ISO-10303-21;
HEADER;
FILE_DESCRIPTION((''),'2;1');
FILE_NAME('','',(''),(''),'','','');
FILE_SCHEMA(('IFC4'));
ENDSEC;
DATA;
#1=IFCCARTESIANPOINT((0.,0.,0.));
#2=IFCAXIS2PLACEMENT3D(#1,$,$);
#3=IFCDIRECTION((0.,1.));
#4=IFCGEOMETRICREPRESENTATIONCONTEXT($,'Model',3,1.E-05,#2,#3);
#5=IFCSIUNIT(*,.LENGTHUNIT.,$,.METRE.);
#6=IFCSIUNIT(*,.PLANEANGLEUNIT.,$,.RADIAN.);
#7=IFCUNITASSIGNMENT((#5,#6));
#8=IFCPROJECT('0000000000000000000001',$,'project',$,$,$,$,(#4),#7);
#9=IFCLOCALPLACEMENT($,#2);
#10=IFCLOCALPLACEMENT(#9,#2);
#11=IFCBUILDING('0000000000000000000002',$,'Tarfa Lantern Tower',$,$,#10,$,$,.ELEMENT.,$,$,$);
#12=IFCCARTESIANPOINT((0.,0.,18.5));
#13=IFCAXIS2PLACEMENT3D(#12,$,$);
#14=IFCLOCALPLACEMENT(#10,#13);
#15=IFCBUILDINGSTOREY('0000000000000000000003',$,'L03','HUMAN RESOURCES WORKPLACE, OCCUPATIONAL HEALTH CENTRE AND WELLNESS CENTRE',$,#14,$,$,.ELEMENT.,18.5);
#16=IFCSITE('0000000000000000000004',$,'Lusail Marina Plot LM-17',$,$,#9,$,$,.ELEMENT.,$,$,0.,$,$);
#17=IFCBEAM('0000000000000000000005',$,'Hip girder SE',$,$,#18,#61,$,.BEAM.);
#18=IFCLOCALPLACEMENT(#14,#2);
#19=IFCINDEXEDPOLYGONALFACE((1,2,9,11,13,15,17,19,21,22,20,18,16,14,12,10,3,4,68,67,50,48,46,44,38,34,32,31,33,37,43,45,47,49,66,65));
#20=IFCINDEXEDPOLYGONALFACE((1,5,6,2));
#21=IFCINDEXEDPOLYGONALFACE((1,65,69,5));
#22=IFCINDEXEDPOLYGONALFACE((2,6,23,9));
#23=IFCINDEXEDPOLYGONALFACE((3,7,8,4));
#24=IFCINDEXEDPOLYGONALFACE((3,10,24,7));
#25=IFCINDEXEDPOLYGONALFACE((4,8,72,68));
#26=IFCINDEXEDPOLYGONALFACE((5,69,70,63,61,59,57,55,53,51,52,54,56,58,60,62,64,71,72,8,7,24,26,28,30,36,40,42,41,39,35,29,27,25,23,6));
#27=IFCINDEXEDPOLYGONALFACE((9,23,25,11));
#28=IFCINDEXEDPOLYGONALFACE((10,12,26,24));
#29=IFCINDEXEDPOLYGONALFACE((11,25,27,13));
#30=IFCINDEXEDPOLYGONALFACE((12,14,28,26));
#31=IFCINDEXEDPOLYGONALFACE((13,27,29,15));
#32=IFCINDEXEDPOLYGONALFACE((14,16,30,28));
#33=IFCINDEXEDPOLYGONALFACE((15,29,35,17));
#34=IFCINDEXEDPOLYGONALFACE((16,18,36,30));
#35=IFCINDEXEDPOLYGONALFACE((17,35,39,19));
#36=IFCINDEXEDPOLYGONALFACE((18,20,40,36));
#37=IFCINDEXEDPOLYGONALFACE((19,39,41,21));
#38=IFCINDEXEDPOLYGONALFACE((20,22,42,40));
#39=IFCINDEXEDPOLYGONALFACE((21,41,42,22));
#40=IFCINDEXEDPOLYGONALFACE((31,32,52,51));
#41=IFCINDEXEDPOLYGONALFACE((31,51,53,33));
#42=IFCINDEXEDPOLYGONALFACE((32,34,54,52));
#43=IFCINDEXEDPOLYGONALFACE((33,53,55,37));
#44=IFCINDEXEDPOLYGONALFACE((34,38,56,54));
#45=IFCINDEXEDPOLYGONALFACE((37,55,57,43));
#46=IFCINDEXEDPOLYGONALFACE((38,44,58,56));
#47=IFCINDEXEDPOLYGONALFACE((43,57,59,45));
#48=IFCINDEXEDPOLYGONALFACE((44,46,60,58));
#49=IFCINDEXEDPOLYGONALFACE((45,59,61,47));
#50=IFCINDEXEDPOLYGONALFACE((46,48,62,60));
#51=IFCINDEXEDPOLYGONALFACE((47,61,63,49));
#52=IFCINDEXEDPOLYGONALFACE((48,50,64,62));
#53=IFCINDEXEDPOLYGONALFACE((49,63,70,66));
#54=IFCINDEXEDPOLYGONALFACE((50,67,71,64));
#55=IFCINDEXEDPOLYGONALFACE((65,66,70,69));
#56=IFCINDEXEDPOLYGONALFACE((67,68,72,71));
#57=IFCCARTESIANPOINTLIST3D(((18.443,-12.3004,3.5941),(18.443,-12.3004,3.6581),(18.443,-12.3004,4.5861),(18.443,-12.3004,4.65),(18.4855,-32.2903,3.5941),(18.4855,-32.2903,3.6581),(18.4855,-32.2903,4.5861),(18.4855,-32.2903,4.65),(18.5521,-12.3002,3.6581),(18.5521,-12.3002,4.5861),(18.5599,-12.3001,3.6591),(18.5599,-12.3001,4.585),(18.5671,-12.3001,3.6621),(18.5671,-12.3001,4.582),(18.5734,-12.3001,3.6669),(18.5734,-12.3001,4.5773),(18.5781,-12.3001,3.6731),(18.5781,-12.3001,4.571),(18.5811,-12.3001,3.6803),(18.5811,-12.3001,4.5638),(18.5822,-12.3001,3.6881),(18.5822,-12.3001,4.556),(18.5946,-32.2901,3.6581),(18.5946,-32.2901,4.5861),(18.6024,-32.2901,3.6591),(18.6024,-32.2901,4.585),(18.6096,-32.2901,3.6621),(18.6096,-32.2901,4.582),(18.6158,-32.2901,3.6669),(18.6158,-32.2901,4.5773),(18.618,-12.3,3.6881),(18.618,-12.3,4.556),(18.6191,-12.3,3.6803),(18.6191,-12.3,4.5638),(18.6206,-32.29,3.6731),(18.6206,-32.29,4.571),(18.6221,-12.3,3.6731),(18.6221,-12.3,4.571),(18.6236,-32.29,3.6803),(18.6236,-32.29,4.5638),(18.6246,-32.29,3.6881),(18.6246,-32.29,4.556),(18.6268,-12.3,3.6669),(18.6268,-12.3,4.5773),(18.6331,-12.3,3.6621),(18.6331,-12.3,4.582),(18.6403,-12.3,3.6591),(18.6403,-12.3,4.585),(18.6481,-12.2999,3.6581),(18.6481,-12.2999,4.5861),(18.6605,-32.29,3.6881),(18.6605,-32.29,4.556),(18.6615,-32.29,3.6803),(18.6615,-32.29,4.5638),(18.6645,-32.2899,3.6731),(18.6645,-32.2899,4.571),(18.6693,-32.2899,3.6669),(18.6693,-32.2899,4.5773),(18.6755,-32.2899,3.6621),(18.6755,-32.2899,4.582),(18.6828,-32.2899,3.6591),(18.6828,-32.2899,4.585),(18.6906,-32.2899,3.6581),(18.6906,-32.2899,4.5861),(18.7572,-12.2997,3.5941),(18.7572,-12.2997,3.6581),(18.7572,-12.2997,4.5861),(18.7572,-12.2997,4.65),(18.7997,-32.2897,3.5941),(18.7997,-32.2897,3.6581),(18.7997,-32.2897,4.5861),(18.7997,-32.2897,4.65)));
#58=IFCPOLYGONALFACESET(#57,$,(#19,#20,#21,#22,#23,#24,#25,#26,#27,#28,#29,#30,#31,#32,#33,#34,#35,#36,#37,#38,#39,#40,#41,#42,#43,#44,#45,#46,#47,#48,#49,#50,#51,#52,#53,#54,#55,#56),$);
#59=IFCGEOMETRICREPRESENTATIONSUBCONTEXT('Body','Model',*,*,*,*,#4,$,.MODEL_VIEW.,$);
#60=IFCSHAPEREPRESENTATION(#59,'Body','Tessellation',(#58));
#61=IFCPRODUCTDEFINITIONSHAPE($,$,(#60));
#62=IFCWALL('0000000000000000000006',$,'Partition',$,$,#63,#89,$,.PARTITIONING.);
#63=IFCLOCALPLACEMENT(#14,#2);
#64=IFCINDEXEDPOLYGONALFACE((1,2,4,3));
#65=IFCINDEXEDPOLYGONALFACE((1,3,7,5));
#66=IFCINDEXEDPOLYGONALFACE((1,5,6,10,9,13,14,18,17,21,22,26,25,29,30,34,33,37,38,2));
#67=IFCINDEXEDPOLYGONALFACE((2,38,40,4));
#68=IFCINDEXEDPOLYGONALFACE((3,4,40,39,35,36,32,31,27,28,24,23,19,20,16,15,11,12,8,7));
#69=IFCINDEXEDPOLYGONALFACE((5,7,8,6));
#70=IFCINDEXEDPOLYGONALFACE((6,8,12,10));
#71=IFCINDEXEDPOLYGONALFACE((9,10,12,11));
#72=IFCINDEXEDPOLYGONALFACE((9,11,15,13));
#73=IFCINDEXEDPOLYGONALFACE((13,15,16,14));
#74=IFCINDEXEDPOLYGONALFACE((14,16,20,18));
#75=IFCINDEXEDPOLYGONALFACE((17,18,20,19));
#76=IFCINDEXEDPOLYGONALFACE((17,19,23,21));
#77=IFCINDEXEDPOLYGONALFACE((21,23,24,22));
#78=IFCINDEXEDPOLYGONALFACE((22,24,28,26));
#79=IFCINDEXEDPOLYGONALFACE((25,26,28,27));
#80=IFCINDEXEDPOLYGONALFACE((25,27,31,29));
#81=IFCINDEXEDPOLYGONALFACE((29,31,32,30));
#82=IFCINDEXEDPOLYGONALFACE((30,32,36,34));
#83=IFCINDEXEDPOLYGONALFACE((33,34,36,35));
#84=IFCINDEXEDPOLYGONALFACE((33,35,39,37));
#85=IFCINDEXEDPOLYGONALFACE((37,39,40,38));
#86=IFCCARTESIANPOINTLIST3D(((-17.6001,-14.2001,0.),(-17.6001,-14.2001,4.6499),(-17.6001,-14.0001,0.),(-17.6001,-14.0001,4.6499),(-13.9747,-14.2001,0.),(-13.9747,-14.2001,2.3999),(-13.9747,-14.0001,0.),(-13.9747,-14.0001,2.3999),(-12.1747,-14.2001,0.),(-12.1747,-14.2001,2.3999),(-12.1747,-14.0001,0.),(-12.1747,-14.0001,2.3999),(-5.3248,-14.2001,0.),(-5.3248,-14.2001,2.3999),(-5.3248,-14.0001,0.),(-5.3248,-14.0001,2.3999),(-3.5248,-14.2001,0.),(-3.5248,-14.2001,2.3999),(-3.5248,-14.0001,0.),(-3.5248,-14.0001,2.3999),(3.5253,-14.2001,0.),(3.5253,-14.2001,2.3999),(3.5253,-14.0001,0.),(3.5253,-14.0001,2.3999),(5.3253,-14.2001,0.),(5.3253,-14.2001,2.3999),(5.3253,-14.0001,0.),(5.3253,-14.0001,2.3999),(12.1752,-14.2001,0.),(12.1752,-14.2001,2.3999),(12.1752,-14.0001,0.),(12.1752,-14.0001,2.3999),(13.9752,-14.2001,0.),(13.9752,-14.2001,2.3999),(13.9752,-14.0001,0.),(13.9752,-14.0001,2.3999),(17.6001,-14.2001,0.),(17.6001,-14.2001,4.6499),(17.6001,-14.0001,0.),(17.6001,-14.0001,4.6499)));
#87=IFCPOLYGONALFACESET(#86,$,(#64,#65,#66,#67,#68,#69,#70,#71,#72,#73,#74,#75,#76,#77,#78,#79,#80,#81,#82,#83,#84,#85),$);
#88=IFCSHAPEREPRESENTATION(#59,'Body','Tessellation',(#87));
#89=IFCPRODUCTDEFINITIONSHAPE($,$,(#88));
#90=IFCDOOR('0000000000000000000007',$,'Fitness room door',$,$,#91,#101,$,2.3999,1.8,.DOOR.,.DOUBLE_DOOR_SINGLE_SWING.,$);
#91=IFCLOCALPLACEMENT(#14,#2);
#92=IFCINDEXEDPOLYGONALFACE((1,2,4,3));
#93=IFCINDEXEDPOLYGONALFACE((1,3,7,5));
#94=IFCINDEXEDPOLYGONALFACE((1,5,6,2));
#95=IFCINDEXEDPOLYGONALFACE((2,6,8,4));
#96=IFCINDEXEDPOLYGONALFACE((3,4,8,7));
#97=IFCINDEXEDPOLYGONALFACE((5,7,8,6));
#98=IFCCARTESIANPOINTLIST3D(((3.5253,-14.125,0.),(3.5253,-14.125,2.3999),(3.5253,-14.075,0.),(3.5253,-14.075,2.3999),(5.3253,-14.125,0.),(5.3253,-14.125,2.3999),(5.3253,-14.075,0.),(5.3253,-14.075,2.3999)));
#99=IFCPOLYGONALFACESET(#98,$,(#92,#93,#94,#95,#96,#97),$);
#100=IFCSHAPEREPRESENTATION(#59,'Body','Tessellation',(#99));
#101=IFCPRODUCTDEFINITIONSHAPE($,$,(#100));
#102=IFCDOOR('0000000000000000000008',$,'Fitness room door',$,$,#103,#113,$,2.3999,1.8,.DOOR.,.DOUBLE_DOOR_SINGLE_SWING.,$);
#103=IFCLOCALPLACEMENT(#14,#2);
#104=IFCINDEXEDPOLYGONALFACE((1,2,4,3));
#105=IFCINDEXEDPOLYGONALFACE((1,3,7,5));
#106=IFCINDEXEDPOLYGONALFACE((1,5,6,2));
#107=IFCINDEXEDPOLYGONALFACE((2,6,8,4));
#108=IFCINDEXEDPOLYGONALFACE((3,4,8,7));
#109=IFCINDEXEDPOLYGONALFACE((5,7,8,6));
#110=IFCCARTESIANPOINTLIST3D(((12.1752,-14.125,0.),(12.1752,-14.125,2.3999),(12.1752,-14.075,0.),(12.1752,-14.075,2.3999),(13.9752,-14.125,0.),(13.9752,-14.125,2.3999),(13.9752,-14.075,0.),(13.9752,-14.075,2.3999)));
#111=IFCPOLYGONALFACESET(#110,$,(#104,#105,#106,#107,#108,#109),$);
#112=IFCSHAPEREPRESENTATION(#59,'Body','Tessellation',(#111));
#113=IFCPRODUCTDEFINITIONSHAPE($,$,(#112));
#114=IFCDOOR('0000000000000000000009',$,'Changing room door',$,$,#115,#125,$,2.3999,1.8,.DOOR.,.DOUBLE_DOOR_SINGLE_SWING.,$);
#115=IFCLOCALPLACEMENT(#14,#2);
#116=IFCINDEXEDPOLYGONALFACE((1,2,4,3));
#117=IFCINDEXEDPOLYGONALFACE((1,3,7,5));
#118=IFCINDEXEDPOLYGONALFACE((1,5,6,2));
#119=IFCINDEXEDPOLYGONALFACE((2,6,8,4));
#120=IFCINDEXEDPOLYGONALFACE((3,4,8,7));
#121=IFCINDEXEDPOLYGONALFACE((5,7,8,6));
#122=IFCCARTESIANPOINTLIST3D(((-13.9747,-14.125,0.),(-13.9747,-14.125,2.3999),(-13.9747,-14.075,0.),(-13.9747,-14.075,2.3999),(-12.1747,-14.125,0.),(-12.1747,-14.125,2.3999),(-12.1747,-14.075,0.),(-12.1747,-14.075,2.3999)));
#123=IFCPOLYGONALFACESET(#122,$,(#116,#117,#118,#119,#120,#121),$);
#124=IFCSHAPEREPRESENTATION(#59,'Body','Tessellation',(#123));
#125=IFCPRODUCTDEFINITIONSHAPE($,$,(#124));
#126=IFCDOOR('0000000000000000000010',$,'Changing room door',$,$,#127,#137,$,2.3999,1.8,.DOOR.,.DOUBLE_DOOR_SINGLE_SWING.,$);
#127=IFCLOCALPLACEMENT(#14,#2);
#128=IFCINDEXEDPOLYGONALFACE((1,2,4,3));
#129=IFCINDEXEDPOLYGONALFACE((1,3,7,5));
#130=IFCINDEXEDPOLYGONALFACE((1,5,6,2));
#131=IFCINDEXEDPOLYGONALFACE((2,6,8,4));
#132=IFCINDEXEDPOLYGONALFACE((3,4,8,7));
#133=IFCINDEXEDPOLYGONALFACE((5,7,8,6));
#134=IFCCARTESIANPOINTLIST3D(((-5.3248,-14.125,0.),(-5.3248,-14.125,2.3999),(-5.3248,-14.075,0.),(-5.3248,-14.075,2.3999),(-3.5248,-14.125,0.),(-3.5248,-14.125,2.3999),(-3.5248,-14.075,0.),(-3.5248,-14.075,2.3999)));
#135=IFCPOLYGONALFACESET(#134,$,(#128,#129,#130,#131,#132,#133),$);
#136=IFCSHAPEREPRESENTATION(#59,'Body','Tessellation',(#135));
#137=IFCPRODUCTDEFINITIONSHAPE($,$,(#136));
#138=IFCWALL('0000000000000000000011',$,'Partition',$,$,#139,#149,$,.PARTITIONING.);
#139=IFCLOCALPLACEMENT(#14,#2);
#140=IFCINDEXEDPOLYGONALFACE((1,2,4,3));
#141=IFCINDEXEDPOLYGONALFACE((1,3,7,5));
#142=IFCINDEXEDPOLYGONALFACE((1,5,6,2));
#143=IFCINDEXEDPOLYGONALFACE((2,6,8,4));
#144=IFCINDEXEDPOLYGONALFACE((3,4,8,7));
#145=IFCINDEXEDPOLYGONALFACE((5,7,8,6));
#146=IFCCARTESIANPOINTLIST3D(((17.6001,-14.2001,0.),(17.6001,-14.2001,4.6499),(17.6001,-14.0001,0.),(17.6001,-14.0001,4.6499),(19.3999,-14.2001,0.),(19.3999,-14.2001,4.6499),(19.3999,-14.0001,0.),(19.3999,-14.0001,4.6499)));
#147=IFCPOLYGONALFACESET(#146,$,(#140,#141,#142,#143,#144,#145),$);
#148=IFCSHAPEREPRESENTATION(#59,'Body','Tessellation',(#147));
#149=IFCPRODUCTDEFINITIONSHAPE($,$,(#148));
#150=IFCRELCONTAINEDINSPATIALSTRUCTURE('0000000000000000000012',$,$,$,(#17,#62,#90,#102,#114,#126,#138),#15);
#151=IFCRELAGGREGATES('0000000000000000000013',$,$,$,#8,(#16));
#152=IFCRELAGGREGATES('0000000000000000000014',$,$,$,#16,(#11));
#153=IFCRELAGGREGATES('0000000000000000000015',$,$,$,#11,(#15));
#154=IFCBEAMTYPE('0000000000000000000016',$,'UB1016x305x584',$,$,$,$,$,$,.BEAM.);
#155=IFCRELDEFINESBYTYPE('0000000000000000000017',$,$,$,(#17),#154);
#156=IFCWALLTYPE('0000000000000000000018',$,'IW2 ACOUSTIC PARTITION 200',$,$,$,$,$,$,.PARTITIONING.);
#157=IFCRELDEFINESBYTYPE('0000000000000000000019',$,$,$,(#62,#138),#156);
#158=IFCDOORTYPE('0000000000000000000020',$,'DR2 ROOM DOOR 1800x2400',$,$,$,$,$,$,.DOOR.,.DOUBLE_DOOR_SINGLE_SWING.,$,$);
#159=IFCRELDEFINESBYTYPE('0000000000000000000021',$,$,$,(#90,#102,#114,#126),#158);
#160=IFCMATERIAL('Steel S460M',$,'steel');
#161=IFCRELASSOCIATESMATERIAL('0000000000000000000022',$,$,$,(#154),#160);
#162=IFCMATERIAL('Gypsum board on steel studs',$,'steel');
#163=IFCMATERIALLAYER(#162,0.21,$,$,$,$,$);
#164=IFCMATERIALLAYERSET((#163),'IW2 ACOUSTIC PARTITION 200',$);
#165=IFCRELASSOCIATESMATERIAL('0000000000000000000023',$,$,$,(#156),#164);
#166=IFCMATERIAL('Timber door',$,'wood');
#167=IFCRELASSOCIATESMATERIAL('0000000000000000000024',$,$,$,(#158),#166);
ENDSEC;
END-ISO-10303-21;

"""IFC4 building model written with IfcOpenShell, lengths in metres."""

from ifc_helpers import new_model, si_unit, direction, frame, frame_2d, origin, origin_2d, place, context, subcontext, project, spatial, rectangle, i_section, extrude, material, layer, layer_set, material_profile, profile_set, type_object, element, fill, save


model = new_model("IFC4")

# Units and contexts
model_context = context("Model", 3, precision=1e-05, world=origin(), true_north=direction((0.0, 1.0)))
body_context = subcontext(model_context, "Body", "Model", "MODEL_VIEW")
ifc_project = project(units=[si_unit("LENGTHUNIT", "METRE"), si_unit("PLANEANGLEUNIT", "RADIAN")], contexts=[model_context])

# Site, building, storey
site_placement = place(None, origin())
site = spatial("IfcSite", under=ifc_project, at=site_placement, Name="Lusail Marina Plot LM-17", CompositionType="ELEMENT", RefElevation=0.0)
building_placement = place(site_placement, origin())
building = spatial("IfcBuilding", under=site, at=building_placement, Name="Tarfa Lantern Tower", CompositionType="ELEMENT")
storey_placement = place(building_placement, frame((0.0, 0.0, 18.5)))
storey = spatial("IfcBuildingStorey", under=building, at=storey_placement, Name="L03", Description="HUMAN RESOURCES WORKPLACE, OCCUPATIONAL HEALTH CENTRE AND WELLNESS CENTRE", CompositionType="ELEMENT", Elevation=18.5)

# Beam
ifc_material_1 = material(Name="Steel S460M", Category="steel")
ifc_material_profile = material_profile(ifc_material_1, i_section(OverallWidth=0.3142, OverallDepth=1.0559, WebThickness=0.0359, FlangeThickness=0.064, FilletRadius=0.03, at=origin_2d()), Name="UB1016x305x584")
ifc_profile_set = profile_set([ifc_material_profile], Name="Steel S460M")
beam_type = type_object("IfcBeamType", Name="UB1016x305x584", PredefinedType="BEAM", material=ifc_profile_set)
beam_placement = place(storey_placement, frame((18.6001, -12.3, 4.1221), z_axis=(0.002125, -0.999998, 0.0), x_axis=(0.999998, 0.002125, 0.0)))
element("IfcBeam", 1, at=beam_placement, inside=storey, type_object=beam_type, Name="Hip girder SE", PredefinedType="BEAM", context=body_context, shape_type="SweptSolid", body=[
    extrude(i_section(OverallWidth=0.3142, OverallDepth=1.0559, WebThickness=0.0359, FlangeThickness=0.064, FilletRadius=0.03, at=origin_2d()), origin(), (0.0, 0.0, 1.0), 19.99),
])

# Wall, openings, doors
ifc_material_2 = material(Name="Gypsum board on steel studs", Category="steel")
ifc_layer_1 = layer(ifc_material_2, 0.21)
ifc_layer_set_1 = layer_set([ifc_layer_1], Name="IW2 ACOUSTIC PARTITION 200")
wall_type_1 = type_object("IfcWallType", Name="IW2 ACOUSTIC PARTITION 200", PredefinedType="PARTITIONING", material=ifc_layer_set_1)
wall_1_placement = place(storey_placement, frame((17.6001, -14.1001, 0.0), z_axis=(0.0, 0.0, 1.0), x_axis=(-1.0, 0.0, 0.0)))
wall_1 = element("IfcWall", 2, at=wall_1_placement, inside=storey, type_object=wall_type_1, Name="Partition", PredefinedType="PARTITIONING", context=body_context, shape_type="SweptSolid", body=[
    extrude(rectangle(XDim=35.2002, YDim=0.2, at=frame_2d((17.6001, 0.0))), origin(), (0.0, 0.0, 1.0), 4.6499),
])
opening_1_placement = place(wall_1_placement, frame((12.2749, 0.0, 0.0)))
opening_1 = element("IfcOpeningElement", 3, at=opening_1_placement, cuts=wall_1, PredefinedType="OPENING", context=body_context, shape_type="SweptSolid", body=[
    extrude(rectangle(XDim=1.8, YDim=2.3999, at=frame_2d((0.8999, 1.2))), frame((0.0, 0.1099, 0.0), z_axis=(0.0, -1.0, 0.0), x_axis=(1.0, 0.0, 0.0)), (0.0, 0.0, 1.0), 0.22),
])
opening_2_placement = place(wall_1_placement, frame((3.625, 0.0, 0.0)))
opening_2 = element("IfcOpeningElement", 4, at=opening_2_placement, cuts=wall_1, PredefinedType="OPENING", context=body_context, shape_type="SweptSolid", body=[
    extrude(rectangle(XDim=1.8, YDim=2.3999, at=frame_2d((0.8999, 1.2))), frame((0.0, 0.1099, 0.0), z_axis=(0.0, -1.0, 0.0), x_axis=(1.0, 0.0, 0.0)), (0.0, 0.0, 1.0), 0.22),
])
opening_3_placement = place(wall_1_placement, frame((29.7749, 0.0, 0.0)))
opening_3 = element("IfcOpeningElement", 5, at=opening_3_placement, cuts=wall_1, PredefinedType="OPENING", context=body_context, shape_type="SweptSolid", body=[
    extrude(rectangle(XDim=1.8, YDim=2.3999, at=frame_2d((0.8999, 1.2))), frame((0.0, 0.1099, 0.0), z_axis=(0.0, -1.0, 0.0), x_axis=(1.0, 0.0, 0.0)), (0.0, 0.0, 1.0), 0.22),
])
opening_4_placement = place(wall_1_placement, frame((21.125, 0.0, 0.0)))
opening_4 = element("IfcOpeningElement", 6, at=opening_4_placement, cuts=wall_1, PredefinedType="OPENING", context=body_context, shape_type="SweptSolid", body=[
    extrude(rectangle(XDim=1.8, YDim=2.3999, at=frame_2d((0.8999, 1.2))), frame((0.0, 0.1099, 0.0), z_axis=(0.0, -1.0, 0.0), x_axis=(1.0, 0.0, 0.0)), (0.0, 0.0, 1.0), 0.22),
])
ifc_material_3 = material(Name="Timber door", Category="wood")
door_type_1 = type_object("IfcDoorType", Name="DR2 ROOM DOOR 1800x2400", OperationType="DOUBLE_DOOR_SINGLE_SWING", PredefinedType="DOOR", material=ifc_material_3)
door_1_placement = place(opening_1_placement, origin())
door_1 = element("IfcDoor", 7, at=door_1_placement, inside=storey, type_object=door_type_1, Name="Fitness room door", OperationType="DOUBLE_DOOR_SINGLE_SWING", OverallHeight=2.3999, OverallWidth=1.8, PredefinedType="DOOR", context=body_context, shape_type="SweptSolid", body=[
    extrude(rectangle(XDim=1.8, YDim=2.3999, at=frame_2d((0.8999, 1.2))), frame((0.0, 0.0249, 0.0), z_axis=(0.0, -1.0, 0.0), x_axis=(1.0, 0.0, 0.0)), (0.0, 0.0, 1.0), 0.05),
])
fill(opening_1, door_1)
door_2_placement = place(opening_2_placement, origin())
door_2 = element("IfcDoor", 8, at=door_2_placement, inside=storey, type_object=door_type_1, Name="Fitness room door", OperationType="DOUBLE_DOOR_SINGLE_SWING", OverallHeight=2.3999, OverallWidth=1.8, PredefinedType="DOOR", context=body_context, shape_type="SweptSolid", body=[
    extrude(rectangle(XDim=1.8, YDim=2.3999, at=frame_2d((0.8999, 1.2))), frame((0.0, 0.0249, 0.0), z_axis=(0.0, -1.0, 0.0), x_axis=(1.0, 0.0, 0.0)), (0.0, 0.0, 1.0), 0.05),
])
fill(opening_2, door_2)
door_3_placement = place(opening_3_placement, origin())
door_3 = element("IfcDoor", 9, at=door_3_placement, inside=storey, type_object=door_type_1, Name="Changing room door", OperationType="DOUBLE_DOOR_SINGLE_SWING", OverallHeight=2.3999, OverallWidth=1.8, PredefinedType="DOOR", context=body_context, shape_type="SweptSolid", body=[
    extrude(rectangle(XDim=1.8, YDim=2.3999, at=frame_2d((0.8999, 1.2))), frame((0.0, 0.0249, 0.0), z_axis=(0.0, -1.0, 0.0), x_axis=(1.0, 0.0, 0.0)), (0.0, 0.0, 1.0), 0.05),
])
fill(opening_3, door_3)
door_4_placement = place(opening_4_placement, origin())
door_4 = element("IfcDoor", 10, at=door_4_placement, inside=storey, type_object=door_type_1, Name="Changing room door", OperationType="DOUBLE_DOOR_SINGLE_SWING", OverallHeight=2.3999, OverallWidth=1.8, PredefinedType="DOOR", context=body_context, shape_type="SweptSolid", body=[
    extrude(rectangle(XDim=1.8, YDim=2.3999, at=frame_2d((0.8999, 1.2))), frame((0.0, 0.0249, 0.0), z_axis=(0.0, -1.0, 0.0), x_axis=(1.0, 0.0, 0.0)), (0.0, 0.0, 1.0), 0.05),
])
fill(opening_4, door_4)

# Wall
wall_2_placement = place(storey_placement, frame((19.3999, -14.1001, 0.0), z_axis=(0.0, 0.0, 1.0), x_axis=(-1.0, 0.0, 0.0)))
element("IfcWall", 11, at=wall_2_placement, inside=storey, type_object=wall_type_1, Name="Partition", PredefinedType="PARTITIONING", context=body_context, shape_type="SweptSolid", body=[
    extrude(rectangle(XDim=1.7998, YDim=0.2, at=frame_2d((0.8999, 0.0))), origin(), (0.0, 0.0, 1.0), 4.6499),
])

save(model, "model.ifc")
